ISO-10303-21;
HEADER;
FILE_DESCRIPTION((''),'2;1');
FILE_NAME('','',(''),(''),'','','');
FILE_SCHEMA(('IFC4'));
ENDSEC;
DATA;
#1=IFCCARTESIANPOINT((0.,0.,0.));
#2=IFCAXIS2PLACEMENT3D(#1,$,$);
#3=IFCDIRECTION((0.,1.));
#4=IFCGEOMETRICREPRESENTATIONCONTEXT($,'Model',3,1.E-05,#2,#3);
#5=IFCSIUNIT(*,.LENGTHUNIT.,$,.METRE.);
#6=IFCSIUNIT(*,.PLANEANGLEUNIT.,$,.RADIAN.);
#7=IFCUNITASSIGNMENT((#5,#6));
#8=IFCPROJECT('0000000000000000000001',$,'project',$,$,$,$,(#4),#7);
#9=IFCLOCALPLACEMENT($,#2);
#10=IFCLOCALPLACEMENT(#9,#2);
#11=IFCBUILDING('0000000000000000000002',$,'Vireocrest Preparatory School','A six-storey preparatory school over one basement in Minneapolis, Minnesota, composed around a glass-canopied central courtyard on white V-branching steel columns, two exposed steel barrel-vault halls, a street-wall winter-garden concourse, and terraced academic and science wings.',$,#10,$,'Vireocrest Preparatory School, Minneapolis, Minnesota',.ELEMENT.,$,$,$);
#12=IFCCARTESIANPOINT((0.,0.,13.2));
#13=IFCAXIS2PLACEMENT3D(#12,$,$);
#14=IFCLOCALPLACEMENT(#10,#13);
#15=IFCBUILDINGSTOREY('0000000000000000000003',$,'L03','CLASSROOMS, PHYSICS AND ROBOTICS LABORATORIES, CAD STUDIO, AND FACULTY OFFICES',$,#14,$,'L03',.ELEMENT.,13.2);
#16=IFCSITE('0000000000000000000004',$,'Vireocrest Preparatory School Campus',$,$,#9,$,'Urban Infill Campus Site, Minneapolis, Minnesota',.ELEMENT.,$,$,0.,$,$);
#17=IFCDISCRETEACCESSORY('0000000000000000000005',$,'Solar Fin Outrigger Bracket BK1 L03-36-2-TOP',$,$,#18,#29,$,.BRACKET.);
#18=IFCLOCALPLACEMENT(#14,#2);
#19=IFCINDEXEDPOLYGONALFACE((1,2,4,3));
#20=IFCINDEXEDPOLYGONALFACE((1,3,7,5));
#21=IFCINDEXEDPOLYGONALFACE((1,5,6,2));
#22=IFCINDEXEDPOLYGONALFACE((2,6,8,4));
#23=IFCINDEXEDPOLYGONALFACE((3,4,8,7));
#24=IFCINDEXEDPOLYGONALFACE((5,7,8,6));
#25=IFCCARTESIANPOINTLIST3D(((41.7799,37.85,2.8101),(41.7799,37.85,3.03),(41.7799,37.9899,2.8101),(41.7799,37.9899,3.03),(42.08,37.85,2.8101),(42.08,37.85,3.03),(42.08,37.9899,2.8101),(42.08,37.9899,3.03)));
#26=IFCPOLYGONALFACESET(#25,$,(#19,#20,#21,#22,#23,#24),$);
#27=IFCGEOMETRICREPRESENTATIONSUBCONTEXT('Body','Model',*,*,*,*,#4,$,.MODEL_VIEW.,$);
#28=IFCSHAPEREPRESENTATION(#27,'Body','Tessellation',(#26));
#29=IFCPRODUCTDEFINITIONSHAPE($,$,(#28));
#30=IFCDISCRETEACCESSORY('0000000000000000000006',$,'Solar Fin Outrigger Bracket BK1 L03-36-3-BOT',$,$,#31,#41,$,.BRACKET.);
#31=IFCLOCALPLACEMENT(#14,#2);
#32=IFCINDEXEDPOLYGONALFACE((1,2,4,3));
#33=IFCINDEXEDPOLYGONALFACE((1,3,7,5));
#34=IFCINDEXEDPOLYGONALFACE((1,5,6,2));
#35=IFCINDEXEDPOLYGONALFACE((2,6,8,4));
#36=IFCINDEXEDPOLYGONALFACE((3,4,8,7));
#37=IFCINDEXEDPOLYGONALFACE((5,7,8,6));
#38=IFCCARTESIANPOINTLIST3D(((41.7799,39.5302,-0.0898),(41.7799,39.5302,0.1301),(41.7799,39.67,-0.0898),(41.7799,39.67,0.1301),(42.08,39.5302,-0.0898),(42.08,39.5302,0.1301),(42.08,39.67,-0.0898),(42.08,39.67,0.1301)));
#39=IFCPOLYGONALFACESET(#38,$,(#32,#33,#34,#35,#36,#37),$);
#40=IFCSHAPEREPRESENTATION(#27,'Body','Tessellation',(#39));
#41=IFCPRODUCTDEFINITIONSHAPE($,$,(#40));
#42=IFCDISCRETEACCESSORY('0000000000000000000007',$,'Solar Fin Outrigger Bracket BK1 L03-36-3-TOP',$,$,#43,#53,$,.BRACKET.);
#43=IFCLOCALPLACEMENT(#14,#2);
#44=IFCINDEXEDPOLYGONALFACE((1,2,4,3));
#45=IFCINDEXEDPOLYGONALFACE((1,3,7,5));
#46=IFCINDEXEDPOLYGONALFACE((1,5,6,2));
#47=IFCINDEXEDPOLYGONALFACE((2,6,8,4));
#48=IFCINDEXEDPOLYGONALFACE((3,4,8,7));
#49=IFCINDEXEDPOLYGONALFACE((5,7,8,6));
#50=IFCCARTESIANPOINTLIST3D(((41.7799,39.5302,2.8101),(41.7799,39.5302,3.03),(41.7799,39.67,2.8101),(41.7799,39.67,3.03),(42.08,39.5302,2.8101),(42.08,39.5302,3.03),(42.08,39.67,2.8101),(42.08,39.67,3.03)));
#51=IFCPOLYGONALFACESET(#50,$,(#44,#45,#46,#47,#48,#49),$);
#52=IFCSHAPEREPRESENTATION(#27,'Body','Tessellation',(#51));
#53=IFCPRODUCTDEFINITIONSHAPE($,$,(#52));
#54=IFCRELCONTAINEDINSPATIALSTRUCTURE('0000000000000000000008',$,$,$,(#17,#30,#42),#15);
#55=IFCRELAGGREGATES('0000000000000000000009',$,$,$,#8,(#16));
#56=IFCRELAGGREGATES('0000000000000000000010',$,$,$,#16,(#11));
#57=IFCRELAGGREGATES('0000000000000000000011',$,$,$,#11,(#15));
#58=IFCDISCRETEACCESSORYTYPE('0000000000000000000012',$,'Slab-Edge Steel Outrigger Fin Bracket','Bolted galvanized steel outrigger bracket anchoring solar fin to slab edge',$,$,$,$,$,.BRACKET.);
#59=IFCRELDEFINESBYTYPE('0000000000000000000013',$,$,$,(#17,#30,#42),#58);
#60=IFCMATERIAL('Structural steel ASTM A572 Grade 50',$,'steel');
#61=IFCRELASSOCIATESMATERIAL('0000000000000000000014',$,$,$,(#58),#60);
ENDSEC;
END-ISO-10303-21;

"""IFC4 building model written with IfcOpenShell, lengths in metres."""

from ifc_helpers import new_model, si_unit, direction, frame, origin, origin_2d, place, context, subcontext, project, spatial, rectangle, extrude, material, type_object, element, save


model = new_model("IFC4")

# Units and contexts
model_context = context("Model", 3, precision=1e-05, world=origin(), true_north=direction((0.0, 1.0)))
body_context = subcontext(model_context, "Body", "Model", "MODEL_VIEW")
ifc_project = project(units=[si_unit("LENGTHUNIT", "METRE"), si_unit("PLANEANGLEUNIT", "RADIAN")], contexts=[model_context])

# Site, building, storey
site_placement = place(None, origin())
site = spatial("IfcSite", under=ifc_project, at=site_placement, Name="Vireocrest Preparatory School Campus", LongName="Urban Infill Campus Site, Minneapolis, Minnesota", CompositionType="ELEMENT", RefElevation=0.0)
building_placement = place(site_placement, origin())
building = spatial("IfcBuilding", under=site, at=building_placement, Name="Vireocrest Preparatory School", Description="A six-storey preparatory school over one basement in Minneapolis, Minnesota, composed around a glass-canopied central courtyard on white V-branching steel columns, two exposed steel barrel-vault halls, a street-wall winter-garden concourse, and terraced academic and science wings.", LongName="Vireocrest Preparatory School, Minneapolis, Minnesota", CompositionType="ELEMENT")
storey_placement = place(building_placement, frame((0.0, 0.0, 13.2)))
storey = spatial("IfcBuildingStorey", under=building, at=storey_placement, Name="L03", Description="CLASSROOMS, PHYSICS AND ROBOTICS LABORATORIES, CAD STUDIO, AND FACULTY OFFICES", LongName="L03", CompositionType="ELEMENT", Elevation=13.2)

# Discrete accessories
ifc_material_1 = material(Name="Structural steel ASTM A572 Grade 50", Category="steel")
discrete_accessory_type = type_object("IfcDiscreteAccessoryType", Name="Slab-Edge Steel Outrigger Fin Bracket", Description="Bolted galvanized steel outrigger bracket anchoring solar fin to slab edge", PredefinedType="BRACKET", material=ifc_material_1)
for number, where, z_axis, x_axis, name in (
    (1, (41.9299, 37.9199, 2.8101), (0.0, 0.0, 1.0), (0.0, 1.0, 0.0), "Solar Fin Outrigger Bracket BK1 L03-36-2-TOP"),
    (2, (41.9299, 39.6001, -0.0898), (0.0, 0.0, 1.0), (0.0, 1.0, 0.0), "Solar Fin Outrigger Bracket BK1 L03-36-3-BOT"),
    (3, (41.9299, 39.6001, 2.8101), (0.0, 0.0, 1.0), (0.0, 1.0, 0.0), "Solar Fin Outrigger Bracket BK1 L03-36-3-TOP"),
):
    element("IfcDiscreteAccessory", number, at=place(storey_placement, frame(where, z_axis=z_axis, x_axis=x_axis)), inside=storey, type_object=discrete_accessory_type, Name=name, PredefinedType="BRACKET", context=body_context, shape_type="SweptSolid", body=[
        extrude(rectangle(XDim=0.1399, YDim=0.3, at=origin_2d()), origin(), (0.0, 0.0, 1.0), 0.22),
    ])

save(model, "model.ifc")
